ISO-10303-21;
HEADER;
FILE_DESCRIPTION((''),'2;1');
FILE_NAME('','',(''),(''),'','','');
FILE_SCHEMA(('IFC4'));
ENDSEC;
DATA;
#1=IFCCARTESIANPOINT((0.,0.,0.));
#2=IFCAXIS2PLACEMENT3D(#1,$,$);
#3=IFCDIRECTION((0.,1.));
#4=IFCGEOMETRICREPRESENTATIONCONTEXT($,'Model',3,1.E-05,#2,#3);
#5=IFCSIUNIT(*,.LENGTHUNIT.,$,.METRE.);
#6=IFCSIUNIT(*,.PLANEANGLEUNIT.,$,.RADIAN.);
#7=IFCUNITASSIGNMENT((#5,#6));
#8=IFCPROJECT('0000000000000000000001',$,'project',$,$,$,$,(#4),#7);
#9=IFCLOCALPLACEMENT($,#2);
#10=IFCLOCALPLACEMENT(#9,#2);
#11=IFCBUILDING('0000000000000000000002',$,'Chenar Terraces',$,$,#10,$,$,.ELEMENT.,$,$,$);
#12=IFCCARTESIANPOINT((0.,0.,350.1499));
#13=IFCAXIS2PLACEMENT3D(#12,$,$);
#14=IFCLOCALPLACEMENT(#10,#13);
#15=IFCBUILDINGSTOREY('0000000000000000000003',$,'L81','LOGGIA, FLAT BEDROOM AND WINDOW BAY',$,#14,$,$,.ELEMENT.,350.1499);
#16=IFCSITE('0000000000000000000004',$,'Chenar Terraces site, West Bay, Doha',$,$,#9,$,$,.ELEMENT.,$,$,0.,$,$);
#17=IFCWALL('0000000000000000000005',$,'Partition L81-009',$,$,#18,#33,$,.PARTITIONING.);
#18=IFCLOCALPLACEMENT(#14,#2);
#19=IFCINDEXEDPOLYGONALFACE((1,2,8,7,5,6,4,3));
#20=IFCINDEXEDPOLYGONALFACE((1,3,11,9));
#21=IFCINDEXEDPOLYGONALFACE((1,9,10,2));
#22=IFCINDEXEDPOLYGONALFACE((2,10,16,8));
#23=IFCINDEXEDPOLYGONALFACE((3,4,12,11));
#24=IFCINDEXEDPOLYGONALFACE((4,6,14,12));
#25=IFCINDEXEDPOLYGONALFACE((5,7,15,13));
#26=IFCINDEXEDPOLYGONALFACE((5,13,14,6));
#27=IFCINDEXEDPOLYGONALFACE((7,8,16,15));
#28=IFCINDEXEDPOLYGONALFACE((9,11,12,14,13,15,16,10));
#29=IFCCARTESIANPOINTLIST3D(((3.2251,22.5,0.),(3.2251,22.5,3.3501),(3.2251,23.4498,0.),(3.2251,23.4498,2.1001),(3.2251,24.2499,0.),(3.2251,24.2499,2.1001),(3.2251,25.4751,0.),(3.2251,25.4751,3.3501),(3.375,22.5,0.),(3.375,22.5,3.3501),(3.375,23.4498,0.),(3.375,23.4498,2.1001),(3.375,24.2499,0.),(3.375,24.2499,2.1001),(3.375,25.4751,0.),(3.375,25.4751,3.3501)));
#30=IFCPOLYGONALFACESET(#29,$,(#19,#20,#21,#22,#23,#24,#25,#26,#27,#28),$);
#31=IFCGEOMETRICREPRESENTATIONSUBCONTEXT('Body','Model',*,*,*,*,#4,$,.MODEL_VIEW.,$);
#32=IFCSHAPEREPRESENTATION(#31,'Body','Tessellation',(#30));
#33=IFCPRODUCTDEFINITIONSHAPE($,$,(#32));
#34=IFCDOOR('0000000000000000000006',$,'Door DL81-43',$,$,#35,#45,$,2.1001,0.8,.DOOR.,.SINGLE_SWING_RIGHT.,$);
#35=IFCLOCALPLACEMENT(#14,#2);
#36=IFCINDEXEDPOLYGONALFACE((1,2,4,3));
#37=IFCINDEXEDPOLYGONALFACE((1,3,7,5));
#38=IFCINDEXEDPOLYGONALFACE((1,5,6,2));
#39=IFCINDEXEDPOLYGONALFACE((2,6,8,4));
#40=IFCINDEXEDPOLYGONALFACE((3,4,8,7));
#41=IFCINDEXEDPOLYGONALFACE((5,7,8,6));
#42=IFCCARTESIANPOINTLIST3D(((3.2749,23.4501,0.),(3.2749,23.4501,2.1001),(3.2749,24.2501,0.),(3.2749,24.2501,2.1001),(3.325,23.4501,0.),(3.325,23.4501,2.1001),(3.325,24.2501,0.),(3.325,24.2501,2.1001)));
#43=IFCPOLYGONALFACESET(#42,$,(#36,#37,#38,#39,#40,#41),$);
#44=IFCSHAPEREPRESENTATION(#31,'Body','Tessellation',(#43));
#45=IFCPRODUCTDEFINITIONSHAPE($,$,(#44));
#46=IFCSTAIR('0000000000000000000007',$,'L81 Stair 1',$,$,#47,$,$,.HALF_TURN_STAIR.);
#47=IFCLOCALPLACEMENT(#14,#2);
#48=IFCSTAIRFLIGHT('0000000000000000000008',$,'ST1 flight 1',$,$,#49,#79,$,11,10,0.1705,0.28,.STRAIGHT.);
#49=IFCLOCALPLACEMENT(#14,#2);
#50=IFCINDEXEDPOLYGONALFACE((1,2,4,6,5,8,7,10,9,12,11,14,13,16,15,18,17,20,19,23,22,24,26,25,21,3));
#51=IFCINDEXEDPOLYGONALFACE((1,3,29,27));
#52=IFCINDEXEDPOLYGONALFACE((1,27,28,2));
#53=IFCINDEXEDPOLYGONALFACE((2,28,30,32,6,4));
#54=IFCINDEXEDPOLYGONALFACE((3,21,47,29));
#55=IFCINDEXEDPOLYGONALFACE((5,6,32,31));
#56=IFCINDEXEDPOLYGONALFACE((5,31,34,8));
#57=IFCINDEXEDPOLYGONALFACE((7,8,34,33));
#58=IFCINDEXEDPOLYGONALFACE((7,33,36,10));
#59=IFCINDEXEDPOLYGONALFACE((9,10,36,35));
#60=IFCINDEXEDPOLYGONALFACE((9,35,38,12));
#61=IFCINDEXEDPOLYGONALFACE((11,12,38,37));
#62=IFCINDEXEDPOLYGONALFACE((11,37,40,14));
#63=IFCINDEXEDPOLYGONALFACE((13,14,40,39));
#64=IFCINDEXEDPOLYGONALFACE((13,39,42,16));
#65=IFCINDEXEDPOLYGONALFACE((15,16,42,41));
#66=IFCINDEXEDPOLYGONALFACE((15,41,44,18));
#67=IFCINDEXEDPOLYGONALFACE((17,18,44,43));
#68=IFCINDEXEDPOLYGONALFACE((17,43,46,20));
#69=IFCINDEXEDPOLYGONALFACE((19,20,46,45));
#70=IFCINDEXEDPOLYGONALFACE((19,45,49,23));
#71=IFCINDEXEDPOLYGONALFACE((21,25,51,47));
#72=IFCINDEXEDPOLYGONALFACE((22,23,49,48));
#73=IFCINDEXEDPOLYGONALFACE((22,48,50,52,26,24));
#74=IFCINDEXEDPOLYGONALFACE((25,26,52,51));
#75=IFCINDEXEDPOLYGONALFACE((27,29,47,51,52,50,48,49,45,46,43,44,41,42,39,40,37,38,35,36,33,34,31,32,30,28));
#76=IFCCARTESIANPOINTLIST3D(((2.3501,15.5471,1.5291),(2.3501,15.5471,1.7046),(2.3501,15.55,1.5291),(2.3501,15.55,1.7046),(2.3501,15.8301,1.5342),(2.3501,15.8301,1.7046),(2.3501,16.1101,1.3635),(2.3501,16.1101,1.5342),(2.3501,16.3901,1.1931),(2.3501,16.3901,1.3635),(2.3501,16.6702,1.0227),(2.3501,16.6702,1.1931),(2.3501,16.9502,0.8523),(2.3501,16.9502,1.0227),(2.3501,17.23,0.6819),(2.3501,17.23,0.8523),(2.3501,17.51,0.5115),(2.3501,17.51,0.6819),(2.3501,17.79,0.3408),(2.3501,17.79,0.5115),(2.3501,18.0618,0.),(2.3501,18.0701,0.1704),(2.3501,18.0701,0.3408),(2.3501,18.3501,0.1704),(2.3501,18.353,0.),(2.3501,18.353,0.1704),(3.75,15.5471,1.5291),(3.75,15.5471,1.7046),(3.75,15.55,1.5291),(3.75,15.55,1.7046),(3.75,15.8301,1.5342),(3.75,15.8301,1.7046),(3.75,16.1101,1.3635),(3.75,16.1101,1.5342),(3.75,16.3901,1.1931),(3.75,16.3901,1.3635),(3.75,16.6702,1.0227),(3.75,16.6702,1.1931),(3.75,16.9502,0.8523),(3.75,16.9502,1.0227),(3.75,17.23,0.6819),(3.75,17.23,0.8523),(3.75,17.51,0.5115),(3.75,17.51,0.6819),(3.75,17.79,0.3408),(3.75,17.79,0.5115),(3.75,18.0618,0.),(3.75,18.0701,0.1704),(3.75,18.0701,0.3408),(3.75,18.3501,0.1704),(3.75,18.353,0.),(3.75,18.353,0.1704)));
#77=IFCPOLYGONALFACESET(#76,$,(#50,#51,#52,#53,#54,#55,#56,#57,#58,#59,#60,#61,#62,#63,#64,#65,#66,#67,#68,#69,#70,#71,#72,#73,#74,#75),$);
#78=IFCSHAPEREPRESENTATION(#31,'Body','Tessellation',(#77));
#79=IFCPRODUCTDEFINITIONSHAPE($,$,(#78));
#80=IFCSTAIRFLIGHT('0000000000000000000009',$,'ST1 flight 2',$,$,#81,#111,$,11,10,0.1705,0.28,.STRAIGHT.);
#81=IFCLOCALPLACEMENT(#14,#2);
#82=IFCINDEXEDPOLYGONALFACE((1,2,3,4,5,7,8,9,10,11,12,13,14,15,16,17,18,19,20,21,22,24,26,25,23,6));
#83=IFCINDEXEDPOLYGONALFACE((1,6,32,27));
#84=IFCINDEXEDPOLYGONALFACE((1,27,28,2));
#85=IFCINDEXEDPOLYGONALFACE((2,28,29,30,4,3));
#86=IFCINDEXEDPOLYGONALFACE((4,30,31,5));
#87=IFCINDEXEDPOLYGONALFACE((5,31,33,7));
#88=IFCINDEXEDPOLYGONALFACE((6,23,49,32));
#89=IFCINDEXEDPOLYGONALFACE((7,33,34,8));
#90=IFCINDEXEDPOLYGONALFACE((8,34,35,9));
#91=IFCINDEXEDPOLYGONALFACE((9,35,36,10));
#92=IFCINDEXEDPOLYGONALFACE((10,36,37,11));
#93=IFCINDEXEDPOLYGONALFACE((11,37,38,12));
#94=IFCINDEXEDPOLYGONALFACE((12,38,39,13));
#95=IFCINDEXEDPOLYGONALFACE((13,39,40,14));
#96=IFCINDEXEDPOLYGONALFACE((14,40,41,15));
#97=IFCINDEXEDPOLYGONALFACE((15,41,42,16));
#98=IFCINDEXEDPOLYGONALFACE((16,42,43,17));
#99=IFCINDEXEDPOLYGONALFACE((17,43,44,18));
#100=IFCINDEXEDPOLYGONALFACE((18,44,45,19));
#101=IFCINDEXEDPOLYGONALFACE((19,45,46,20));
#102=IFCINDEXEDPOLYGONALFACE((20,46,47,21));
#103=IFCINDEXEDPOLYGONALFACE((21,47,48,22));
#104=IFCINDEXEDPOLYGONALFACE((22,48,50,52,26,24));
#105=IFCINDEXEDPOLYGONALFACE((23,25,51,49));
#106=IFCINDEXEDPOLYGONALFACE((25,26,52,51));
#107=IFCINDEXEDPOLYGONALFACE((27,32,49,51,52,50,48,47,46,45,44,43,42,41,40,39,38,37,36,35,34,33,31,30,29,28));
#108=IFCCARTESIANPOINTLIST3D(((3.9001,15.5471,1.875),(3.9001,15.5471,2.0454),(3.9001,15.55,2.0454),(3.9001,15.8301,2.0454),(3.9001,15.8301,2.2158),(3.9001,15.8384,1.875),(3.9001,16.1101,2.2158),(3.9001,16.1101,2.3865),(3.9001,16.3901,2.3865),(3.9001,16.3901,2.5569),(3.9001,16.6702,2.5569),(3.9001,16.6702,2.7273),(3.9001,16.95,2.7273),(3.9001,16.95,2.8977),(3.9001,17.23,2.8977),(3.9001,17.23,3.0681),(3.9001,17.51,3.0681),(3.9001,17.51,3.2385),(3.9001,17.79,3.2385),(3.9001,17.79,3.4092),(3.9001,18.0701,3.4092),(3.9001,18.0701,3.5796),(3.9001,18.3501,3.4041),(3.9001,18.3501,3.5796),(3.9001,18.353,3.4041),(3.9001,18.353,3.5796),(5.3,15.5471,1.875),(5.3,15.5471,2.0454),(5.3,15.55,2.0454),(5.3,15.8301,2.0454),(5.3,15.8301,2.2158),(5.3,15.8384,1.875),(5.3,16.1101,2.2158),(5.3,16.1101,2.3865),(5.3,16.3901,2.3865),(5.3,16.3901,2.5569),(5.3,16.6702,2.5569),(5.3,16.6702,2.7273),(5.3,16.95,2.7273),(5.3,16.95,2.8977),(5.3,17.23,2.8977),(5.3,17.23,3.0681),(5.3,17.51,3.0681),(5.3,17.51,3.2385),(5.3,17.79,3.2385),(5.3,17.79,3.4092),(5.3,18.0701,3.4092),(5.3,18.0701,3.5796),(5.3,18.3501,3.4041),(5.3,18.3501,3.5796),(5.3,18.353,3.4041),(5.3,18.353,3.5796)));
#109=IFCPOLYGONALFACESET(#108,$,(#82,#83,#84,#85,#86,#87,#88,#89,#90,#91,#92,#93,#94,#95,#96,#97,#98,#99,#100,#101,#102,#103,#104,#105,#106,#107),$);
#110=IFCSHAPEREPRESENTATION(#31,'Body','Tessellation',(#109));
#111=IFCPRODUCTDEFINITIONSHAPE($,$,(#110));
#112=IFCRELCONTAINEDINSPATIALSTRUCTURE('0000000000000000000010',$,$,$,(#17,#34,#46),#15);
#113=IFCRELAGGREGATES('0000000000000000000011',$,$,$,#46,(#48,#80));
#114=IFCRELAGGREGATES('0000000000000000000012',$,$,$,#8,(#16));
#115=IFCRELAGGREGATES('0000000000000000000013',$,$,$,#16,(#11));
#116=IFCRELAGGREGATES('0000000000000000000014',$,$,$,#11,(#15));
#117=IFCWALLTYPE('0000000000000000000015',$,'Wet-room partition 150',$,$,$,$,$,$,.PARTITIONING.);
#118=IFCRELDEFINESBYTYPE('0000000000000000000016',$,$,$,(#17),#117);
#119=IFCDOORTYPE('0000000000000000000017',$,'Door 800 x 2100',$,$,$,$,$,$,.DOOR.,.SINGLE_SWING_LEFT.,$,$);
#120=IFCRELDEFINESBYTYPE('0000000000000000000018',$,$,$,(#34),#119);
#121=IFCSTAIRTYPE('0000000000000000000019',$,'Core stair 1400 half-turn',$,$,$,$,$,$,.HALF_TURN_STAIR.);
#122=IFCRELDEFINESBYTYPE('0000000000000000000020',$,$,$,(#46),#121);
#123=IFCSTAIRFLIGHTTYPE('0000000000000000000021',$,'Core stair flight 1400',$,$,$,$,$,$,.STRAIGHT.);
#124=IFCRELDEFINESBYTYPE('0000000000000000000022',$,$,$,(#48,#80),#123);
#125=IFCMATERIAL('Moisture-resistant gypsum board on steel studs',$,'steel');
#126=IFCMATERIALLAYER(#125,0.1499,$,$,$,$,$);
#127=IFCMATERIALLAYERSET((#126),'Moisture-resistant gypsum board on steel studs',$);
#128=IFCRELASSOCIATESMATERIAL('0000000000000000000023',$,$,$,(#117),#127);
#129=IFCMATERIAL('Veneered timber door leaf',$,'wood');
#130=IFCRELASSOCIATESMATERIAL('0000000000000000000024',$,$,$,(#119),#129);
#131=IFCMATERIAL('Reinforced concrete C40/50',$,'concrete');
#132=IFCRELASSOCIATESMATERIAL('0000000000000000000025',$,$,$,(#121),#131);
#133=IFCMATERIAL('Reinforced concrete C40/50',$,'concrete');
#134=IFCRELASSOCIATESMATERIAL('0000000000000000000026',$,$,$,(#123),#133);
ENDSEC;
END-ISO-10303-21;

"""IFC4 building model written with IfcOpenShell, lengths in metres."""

from ifc_helpers import new_model, si_unit, direction, frame, frame_2d, origin, place, context, subcontext, project, spatial, polyline, rectangle, outline, extrude, material, layer, layer_set, type_object, element, fill, aggregate, save


model = new_model("IFC4")

# Units and contexts
model_context = context("Model", 3, precision=1e-05, world=origin(), true_north=direction((0.0, 1.0)))
body_context = subcontext(model_context, "Body", "Model", "MODEL_VIEW")
ifc_project = project(units=[si_unit("LENGTHUNIT", "METRE"), si_unit("PLANEANGLEUNIT", "RADIAN")], contexts=[model_context])

# Site, building, storey
site_placement = place(None, origin())
site = spatial("IfcSite", under=ifc_project, at=site_placement, Name="Chenar Terraces site, West Bay, Doha", CompositionType="ELEMENT", RefElevation=0.0)
building_placement = place(site_placement, origin())
building = spatial("IfcBuilding", under=site, at=building_placement, Name="Chenar Terraces", CompositionType="ELEMENT")
storey_placement = place(building_placement, frame((0.0, 0.0, 350.1499)))
storey = spatial("IfcBuildingStorey", under=building, at=storey_placement, Name="L81", Description="LOGGIA, FLAT BEDROOM AND WINDOW BAY", CompositionType="ELEMENT", Elevation=350.1499)

# Wall, opening, door
ifc_material_1 = material(Name="Moisture-resistant gypsum board on steel studs", Category="steel")
ifc_layer_1 = layer(ifc_material_1, 0.1499)
ifc_layer_set_1 = layer_set([ifc_layer_1], Name="Moisture-resistant gypsum board on steel studs")
wall_type_1 = type_object("IfcWallType", Name="Wet-room partition 150", PredefinedType="PARTITIONING", material=ifc_layer_set_1)
wall_1_placement = place(storey_placement, frame((3.3, 22.5, 0.0), z_axis=(0.0, 0.0, 1.0), x_axis=(0.0, 1.0, 0.0)))
wall_1 = element("IfcWall", 1, at=wall_1_placement, inside=storey, type_object=wall_type_1, Name="Partition L81-009", PredefinedType="PARTITIONING", context=body_context, shape_type="SweptSolid", body=[
    extrude(rectangle(XDim=2.9751, YDim=0.1499, at=frame_2d((1.4875, 0.0))), origin(), (0.0, 0.0, 1.0), 3.3501),
])
opening_1_placement = place(wall_1_placement, frame((0.95, 0.0, 0.0)))
opening_1 = element("IfcOpeningElement", 2, at=opening_1_placement, cuts=wall_1, PredefinedType="OPENING", context=body_context, shape_type="SweptSolid", body=[
    extrude(rectangle(XDim=0.8, YDim=2.1001, at=frame_2d((0.3999, 1.05))), frame((0.0, 0.085, 0.0), z_axis=(0.0, -1.0, 0.0), x_axis=(1.0, 0.0, 0.0)), (0.0, 0.0, 1.0), 0.1699),
])
ifc_material_2 = material(Name="Veneered timber door leaf", Category="wood")
door_type_1 = type_object("IfcDoorType", Name="Door 800 x 2100", OperationType="SINGLE_SWING_LEFT", PredefinedType="DOOR", material=ifc_material_2)
door_1_placement = place(opening_1_placement, frame((0.8, 0.0, 0.0), z_axis=(0.0, 0.0, 1.0), x_axis=(-1.0, 0.0, 0.0)))
door_1 = element("IfcDoor", 3, at=door_1_placement, inside=storey, type_object=door_type_1, Name="Door DL81-43", OperationType="SINGLE_SWING_RIGHT", OverallHeight=2.1001, OverallWidth=0.8, PredefinedType="DOOR", context=body_context, shape_type="SweptSolid", body=[
    extrude(rectangle(XDim=0.8, YDim=2.1001, at=frame_2d((0.3999, 1.05))), frame((0.0, 0.0249, 0.0), z_axis=(0.0, -1.0, 0.0), x_axis=(1.0, 0.0, 0.0)), (0.0, 0.0, 1.0), 0.05),
])
fill(opening_1, door_1)

# Stair, stair flights
ifc_material_3 = material(Name="Reinforced concrete C40/50", Category="concrete")
stair_type = type_object("IfcStairType", Name="Core stair 1400 half-turn", PredefinedType="HALF_TURN_STAIR", material=ifc_material_3)
stair_placement = place(storey_placement, origin())
stair = element("IfcStair", 4, at=stair_placement, inside=storey, type_object=stair_type, Name="L81 Stair 1", PredefinedType="HALF_TURN_STAIR")
ifc_material_4 = material(Name="Reinforced concrete C40/50", Category="concrete")
stair_flight_type = type_object("IfcStairFlightType", Name="Core stair flight 1400", PredefinedType="STRAIGHT", material=ifc_material_4)
stair_flight_1_placement = place(storey_placement, frame((3.05, 18.3501, 0.0), z_axis=(0.0, 0.0, 1.0), x_axis=(0.0, -1.0, 0.0)))
stair_flight_1 = element("IfcStairFlight", 5, at=stair_flight_1_placement, type_object=stair_flight_type, Name="ST1 flight 1", NumberOfRisers=11, NumberOfTreads=10, PredefinedType="STRAIGHT", RiserHeight=0.1705, TreadLength=0.28, context=body_context, shape_type="SweptSolid", body=[
    extrude(outline(polyline([(-0.0029, 0.0), (-0.0029, 0.1704), (0.0, 0.1704), (0.28, 0.1704), (0.28, 0.3408), (0.5601, 0.3408), (0.5601, 0.5115), (0.8401, 0.5115), (0.8401, 0.6819), (1.1201, 0.6819), (1.1201, 0.8523), (1.3999, 0.8523), (1.3999, 1.0227), (1.6799, 1.0227), (1.6799, 1.1931), (1.96, 1.1931), (1.96, 1.3635), (2.24, 1.3635), (2.24, 1.5342), (2.52, 1.5342), (2.52, 1.7046), (2.8, 1.7046), (2.803, 1.7046), (2.803, 1.5291), (2.8, 1.5291), (0.2883, 0.0), (-0.0029, 0.0)])), frame((0.0, 0.7, 0.0), z_axis=(0.0, -1.0, 0.0), x_axis=(1.0, 0.0, 0.0)), (0.0, 0.0, 1.0), 1.3999),
])
stair_flight_2_placement = place(storey_placement, frame((4.6001, 15.55, 1.875), z_axis=(0.0, 0.0, 1.0), x_axis=(0.0, 1.0, 0.0)))
stair_flight_2 = element("IfcStairFlight", 6, at=stair_flight_2_placement, type_object=stair_flight_type, Name="ST1 flight 2", NumberOfRisers=11, NumberOfTreads=10, PredefinedType="STRAIGHT", RiserHeight=0.1705, TreadLength=0.28, context=body_context, shape_type="SweptSolid", body=[
    extrude(outline(polyline([(-0.0029, 0.0), (-0.0029, 0.1704), (0.0, 0.1704), (0.28, 0.1704), (0.28, 0.3408), (0.5601, 0.3408), (0.5601, 0.5115), (0.8401, 0.5115), (0.8401, 0.6819), (1.1201, 0.6819), (1.1201, 0.8523), (1.3999, 0.8523), (1.3999, 1.0227), (1.6799, 1.0227), (1.6799, 1.1931), (1.96, 1.1931), (1.96, 1.3635), (2.24, 1.3635), (2.24, 1.5342), (2.52, 1.5342), (2.52, 1.7046), (2.8, 1.7046), (2.803, 1.7046), (2.803, 1.5291), (2.8, 1.5291), (0.2883, 0.0), (-0.0029, 0.0)])), frame((0.0, 0.7, 0.0), z_axis=(0.0, -1.0, 0.0), x_axis=(1.0, 0.0, 0.0)), (0.0, 0.0, 1.0), 1.3999),
])
aggregate(stair, [stair_flight_1, stair_flight_2])

save(model, "model.ifc")
